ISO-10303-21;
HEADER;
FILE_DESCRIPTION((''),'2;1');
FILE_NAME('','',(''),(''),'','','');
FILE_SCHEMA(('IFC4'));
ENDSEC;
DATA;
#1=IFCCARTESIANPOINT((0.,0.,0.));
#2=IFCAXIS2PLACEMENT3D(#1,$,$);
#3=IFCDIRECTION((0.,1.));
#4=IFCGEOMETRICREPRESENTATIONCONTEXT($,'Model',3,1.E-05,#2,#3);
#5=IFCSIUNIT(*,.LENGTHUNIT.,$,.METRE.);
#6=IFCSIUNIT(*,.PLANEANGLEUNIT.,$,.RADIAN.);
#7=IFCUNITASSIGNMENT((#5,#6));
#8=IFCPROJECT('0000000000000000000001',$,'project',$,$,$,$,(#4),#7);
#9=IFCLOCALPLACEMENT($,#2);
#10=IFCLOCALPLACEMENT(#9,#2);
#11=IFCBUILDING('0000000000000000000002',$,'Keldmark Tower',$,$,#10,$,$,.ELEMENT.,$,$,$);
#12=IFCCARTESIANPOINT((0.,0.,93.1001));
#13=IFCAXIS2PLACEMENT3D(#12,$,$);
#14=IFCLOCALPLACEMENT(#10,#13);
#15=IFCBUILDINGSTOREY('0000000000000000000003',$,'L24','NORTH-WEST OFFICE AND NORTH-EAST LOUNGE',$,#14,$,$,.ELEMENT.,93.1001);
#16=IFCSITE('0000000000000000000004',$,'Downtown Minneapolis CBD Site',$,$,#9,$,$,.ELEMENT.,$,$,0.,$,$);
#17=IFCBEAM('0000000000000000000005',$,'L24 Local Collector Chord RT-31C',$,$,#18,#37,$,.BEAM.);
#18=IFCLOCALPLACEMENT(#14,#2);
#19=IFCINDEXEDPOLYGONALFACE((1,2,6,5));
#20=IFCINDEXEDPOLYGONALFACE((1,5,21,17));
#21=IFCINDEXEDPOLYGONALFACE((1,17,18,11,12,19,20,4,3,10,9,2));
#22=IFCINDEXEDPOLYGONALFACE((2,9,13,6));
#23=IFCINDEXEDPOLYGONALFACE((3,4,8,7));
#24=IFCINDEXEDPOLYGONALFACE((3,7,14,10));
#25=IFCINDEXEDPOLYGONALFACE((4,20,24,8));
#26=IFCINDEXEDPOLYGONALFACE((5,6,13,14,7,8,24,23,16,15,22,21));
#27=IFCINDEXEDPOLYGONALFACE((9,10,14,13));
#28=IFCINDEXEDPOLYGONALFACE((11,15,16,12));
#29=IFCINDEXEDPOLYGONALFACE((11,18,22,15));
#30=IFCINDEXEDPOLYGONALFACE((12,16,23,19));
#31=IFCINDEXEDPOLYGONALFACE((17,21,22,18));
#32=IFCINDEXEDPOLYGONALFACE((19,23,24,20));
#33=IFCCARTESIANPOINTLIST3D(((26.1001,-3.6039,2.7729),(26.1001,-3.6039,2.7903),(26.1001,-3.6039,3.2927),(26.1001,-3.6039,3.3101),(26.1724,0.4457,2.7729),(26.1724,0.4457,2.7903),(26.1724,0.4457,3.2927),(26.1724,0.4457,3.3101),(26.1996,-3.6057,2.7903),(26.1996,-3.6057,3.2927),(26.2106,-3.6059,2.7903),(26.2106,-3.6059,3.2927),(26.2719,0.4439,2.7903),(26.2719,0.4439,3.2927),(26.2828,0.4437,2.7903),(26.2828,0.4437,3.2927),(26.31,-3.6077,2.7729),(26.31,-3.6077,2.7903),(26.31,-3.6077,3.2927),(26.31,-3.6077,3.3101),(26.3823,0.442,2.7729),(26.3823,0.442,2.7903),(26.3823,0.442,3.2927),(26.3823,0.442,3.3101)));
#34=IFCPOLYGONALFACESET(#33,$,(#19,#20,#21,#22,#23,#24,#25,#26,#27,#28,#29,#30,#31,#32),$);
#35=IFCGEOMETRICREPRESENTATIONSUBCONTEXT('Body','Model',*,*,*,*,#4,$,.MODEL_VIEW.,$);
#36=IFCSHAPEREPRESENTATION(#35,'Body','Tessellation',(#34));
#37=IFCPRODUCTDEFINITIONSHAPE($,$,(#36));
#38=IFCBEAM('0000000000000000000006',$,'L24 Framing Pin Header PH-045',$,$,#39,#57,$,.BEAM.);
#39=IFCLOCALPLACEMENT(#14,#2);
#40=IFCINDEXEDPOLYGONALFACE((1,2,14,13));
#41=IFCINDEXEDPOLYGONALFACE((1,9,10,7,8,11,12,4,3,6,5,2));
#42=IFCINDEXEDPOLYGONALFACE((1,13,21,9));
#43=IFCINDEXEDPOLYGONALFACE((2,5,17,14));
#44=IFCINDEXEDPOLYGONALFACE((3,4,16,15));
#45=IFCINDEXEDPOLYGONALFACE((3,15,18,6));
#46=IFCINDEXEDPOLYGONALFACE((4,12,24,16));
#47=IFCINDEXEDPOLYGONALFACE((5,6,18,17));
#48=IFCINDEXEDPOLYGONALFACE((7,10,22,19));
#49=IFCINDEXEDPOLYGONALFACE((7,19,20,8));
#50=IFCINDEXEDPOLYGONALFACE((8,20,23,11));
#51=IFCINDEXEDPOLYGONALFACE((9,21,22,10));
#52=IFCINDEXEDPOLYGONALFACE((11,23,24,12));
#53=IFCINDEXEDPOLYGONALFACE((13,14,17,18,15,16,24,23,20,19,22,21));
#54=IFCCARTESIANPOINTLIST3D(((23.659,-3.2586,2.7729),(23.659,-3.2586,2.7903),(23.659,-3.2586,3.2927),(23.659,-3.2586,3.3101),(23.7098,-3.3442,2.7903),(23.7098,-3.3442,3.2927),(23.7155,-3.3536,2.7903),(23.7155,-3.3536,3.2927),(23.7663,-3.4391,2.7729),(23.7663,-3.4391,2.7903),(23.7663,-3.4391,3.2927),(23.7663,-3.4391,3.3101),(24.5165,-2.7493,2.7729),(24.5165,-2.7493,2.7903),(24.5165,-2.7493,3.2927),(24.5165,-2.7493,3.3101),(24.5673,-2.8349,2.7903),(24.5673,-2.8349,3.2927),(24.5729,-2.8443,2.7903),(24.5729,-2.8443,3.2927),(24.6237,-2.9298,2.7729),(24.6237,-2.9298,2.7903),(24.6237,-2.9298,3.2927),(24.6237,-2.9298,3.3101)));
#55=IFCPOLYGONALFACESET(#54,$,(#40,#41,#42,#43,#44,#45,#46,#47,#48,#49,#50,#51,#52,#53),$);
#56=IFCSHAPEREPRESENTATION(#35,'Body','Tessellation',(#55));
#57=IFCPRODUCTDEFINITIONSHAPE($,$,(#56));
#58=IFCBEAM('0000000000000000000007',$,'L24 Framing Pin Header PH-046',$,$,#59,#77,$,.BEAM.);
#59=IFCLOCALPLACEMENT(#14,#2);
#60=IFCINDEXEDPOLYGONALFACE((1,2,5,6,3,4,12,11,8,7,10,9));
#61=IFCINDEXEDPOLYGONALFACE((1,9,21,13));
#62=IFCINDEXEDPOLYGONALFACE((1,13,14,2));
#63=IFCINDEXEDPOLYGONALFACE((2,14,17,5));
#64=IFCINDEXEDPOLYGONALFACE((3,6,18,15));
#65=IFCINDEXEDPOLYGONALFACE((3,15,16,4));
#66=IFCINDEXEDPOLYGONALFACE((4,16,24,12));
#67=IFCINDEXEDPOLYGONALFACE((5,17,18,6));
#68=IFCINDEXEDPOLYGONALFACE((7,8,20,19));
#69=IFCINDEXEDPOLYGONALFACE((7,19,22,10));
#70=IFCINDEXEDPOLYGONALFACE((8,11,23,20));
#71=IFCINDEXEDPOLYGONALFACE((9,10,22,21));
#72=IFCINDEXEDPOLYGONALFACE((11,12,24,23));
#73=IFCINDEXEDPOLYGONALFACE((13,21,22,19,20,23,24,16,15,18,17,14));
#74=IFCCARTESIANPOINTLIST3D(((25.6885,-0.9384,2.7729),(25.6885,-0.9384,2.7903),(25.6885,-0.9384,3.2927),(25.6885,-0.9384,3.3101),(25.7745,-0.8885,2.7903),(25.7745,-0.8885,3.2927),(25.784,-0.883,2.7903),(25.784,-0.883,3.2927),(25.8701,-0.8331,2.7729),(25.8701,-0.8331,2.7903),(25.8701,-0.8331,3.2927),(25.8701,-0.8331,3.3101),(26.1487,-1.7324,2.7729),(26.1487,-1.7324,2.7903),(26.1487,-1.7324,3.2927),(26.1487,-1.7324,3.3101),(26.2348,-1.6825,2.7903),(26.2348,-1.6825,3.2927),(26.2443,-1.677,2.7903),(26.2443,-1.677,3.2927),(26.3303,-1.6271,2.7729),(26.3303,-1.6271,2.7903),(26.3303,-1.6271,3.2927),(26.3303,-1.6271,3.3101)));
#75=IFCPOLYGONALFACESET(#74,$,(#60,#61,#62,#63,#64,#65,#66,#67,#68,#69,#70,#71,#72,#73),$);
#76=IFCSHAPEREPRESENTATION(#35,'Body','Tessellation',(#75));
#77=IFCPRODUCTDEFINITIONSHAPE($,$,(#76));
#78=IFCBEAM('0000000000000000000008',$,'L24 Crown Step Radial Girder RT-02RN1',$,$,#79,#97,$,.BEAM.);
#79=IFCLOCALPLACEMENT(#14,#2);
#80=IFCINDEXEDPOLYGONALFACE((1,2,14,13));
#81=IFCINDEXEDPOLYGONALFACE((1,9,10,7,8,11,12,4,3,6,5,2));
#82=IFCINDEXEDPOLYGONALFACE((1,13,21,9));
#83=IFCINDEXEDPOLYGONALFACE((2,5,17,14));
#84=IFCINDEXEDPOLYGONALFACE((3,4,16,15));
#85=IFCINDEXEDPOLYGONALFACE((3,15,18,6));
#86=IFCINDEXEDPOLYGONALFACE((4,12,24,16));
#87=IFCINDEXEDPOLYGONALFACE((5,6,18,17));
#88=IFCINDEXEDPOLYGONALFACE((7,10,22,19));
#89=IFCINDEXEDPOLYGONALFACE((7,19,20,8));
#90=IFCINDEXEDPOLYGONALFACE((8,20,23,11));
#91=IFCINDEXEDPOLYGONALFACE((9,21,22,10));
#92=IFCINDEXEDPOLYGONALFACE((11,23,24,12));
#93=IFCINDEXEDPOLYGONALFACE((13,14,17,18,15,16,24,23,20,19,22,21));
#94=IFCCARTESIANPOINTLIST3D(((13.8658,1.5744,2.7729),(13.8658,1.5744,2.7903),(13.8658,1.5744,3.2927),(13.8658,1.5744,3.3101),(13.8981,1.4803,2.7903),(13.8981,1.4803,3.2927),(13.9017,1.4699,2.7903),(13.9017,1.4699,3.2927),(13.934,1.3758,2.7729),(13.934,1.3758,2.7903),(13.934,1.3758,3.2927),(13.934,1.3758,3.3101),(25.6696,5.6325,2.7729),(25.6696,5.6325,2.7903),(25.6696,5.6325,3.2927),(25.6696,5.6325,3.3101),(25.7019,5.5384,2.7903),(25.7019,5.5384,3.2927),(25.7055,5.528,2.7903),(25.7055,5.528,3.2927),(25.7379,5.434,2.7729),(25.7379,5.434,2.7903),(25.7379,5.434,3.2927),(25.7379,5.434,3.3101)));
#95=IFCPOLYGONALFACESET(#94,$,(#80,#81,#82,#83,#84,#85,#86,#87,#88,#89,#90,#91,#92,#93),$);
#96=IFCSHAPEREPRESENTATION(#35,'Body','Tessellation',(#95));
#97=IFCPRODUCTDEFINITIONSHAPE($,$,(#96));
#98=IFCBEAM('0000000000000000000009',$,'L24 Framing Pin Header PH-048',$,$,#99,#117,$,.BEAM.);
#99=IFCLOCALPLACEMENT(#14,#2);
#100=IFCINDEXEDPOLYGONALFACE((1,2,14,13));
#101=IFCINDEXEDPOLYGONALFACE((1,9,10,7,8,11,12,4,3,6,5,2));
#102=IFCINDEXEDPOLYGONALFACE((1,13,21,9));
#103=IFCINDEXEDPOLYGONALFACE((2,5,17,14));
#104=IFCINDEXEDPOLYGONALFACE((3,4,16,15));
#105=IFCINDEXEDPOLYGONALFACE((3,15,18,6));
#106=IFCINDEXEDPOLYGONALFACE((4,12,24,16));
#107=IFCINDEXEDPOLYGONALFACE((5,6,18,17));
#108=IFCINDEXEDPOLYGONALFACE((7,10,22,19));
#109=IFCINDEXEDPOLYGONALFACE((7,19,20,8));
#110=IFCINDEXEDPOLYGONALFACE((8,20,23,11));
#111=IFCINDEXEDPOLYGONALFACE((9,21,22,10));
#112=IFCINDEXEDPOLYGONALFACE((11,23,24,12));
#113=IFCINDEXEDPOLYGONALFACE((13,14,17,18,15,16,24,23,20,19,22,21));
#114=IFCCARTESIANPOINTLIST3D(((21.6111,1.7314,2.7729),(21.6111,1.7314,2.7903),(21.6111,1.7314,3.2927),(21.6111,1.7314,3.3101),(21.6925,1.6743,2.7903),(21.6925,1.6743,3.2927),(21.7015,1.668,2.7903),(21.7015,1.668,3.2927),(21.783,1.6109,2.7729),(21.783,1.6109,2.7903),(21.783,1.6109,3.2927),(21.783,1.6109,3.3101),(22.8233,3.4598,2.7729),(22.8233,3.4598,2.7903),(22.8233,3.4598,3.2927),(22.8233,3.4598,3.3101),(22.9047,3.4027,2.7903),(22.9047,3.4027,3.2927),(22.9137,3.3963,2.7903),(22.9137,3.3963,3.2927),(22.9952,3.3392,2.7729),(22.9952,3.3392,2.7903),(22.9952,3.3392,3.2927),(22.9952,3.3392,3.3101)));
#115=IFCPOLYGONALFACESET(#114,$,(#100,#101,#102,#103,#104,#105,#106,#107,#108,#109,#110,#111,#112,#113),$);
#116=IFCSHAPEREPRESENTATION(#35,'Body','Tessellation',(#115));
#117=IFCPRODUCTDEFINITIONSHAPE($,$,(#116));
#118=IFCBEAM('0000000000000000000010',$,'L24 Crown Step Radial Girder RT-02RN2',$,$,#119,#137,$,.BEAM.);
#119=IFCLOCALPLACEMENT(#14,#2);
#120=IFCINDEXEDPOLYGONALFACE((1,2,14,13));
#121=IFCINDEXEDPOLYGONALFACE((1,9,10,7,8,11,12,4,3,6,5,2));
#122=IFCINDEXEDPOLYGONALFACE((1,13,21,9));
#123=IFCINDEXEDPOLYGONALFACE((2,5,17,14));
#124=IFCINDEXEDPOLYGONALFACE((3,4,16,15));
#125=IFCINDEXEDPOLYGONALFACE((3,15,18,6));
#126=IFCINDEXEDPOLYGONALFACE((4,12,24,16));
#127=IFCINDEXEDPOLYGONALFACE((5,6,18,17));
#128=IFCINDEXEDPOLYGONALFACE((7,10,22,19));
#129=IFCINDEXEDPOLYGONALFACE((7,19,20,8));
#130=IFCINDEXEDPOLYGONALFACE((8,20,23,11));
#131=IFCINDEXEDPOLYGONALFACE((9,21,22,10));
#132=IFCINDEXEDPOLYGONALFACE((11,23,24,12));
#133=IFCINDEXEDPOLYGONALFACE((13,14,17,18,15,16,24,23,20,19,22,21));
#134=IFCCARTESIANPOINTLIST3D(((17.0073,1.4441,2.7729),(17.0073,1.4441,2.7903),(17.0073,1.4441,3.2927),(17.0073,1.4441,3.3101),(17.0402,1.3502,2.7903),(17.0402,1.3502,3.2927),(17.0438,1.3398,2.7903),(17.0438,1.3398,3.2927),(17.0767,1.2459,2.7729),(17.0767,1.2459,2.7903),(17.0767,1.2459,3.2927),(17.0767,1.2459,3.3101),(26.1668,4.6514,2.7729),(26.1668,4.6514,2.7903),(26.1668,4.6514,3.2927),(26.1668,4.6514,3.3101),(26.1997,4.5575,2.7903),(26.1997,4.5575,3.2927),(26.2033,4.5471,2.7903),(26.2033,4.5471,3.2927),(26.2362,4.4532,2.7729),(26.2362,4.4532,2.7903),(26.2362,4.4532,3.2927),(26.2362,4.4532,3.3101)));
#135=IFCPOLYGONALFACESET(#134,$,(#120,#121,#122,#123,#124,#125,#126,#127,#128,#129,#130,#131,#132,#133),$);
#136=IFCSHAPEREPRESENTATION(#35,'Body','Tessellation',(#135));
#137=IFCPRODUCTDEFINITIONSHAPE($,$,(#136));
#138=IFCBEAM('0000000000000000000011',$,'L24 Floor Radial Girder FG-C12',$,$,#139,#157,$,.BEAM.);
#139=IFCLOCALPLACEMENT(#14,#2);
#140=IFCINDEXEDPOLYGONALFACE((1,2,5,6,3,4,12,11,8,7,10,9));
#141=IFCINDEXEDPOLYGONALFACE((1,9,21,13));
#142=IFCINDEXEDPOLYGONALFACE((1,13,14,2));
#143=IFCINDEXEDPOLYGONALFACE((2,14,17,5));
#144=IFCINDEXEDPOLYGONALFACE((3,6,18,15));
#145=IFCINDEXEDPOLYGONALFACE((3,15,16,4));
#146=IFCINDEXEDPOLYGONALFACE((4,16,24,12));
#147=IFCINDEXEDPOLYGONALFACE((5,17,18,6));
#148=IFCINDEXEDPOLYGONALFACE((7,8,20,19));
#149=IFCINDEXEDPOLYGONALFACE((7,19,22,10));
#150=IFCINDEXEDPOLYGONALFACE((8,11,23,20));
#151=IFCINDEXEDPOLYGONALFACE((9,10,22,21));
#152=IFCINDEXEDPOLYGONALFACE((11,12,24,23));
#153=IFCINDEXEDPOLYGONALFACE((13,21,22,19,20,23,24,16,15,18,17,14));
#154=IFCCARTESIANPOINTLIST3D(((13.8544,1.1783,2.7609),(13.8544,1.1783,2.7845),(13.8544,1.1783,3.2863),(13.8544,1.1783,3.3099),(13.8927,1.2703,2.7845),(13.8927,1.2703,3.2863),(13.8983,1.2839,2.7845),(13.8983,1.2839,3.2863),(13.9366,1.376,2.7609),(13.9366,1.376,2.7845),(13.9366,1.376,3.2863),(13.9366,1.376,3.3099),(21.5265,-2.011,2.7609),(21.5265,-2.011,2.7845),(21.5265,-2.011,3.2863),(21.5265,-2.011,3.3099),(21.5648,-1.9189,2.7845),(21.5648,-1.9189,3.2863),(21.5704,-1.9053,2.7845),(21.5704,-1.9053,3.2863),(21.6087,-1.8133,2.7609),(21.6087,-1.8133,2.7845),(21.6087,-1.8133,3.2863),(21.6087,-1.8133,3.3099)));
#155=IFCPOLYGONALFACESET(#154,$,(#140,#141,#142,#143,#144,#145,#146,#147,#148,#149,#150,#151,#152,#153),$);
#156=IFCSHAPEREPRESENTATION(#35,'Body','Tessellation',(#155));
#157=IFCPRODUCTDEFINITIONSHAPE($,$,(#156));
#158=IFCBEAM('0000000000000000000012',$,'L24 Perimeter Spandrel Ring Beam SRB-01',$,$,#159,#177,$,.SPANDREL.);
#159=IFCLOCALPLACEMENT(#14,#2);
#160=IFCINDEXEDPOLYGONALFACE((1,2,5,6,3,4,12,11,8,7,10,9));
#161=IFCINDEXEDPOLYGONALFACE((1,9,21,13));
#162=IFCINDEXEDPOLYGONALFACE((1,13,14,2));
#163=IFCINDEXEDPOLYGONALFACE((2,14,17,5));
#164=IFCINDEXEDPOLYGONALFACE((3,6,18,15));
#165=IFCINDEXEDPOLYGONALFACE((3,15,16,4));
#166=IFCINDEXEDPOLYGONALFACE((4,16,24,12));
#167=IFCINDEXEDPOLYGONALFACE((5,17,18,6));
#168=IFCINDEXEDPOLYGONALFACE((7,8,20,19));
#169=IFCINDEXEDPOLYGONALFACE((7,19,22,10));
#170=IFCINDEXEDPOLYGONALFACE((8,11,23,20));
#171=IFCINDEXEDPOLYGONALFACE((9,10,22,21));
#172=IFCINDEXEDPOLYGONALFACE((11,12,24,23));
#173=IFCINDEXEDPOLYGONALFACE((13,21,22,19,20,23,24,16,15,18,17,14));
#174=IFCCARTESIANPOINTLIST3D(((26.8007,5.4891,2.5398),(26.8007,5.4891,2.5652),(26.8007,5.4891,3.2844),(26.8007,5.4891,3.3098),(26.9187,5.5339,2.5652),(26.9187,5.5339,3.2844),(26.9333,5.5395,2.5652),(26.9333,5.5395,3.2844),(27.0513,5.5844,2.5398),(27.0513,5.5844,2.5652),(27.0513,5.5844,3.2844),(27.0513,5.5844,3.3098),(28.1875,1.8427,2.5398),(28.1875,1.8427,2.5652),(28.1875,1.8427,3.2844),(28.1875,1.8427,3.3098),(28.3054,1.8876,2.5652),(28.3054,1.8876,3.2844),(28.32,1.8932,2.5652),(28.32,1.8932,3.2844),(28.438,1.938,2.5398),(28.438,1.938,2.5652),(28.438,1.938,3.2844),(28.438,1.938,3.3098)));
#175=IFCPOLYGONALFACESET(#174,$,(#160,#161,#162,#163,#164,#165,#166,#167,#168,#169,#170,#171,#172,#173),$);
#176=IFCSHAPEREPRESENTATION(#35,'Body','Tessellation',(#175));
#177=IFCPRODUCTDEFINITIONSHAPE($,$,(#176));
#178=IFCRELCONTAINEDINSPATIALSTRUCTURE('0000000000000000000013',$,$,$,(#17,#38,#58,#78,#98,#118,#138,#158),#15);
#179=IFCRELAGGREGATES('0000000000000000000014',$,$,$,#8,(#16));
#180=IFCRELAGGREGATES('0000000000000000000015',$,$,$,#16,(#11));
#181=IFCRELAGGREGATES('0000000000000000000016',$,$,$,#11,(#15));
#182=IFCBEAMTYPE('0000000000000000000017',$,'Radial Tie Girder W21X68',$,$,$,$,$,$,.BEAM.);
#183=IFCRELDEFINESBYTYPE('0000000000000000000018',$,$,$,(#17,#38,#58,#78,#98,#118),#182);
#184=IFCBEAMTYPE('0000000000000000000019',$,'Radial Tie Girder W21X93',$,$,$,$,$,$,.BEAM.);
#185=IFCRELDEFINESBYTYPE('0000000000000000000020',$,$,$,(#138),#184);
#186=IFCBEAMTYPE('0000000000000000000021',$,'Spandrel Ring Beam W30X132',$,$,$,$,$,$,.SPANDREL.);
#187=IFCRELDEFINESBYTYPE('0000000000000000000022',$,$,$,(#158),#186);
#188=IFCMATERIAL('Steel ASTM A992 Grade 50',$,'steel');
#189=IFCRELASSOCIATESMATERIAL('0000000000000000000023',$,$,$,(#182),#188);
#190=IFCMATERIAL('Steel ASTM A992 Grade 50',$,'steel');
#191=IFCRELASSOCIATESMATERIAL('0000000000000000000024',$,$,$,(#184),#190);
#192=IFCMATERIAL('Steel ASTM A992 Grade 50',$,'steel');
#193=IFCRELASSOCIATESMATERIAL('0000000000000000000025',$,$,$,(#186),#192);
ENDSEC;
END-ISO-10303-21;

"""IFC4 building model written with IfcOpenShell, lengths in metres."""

from ifc_helpers import new_model, si_unit, direction, frame, origin, origin_2d, place, context, subcontext, project, spatial, i_section, extrude, material, material_profile, profile_set, type_object, element, save


model = new_model("IFC4")

# Units and contexts
model_context = context("Model", 3, precision=1e-05, world=origin(), true_north=direction((0.0, 1.0)))
body_context = subcontext(model_context, "Body", "Model", "MODEL_VIEW")
ifc_project = project(units=[si_unit("LENGTHUNIT", "METRE"), si_unit("PLANEANGLEUNIT", "RADIAN")], contexts=[model_context])

# Site, building, storey
site_placement = place(None, origin())
site = spatial("IfcSite", under=ifc_project, at=site_placement, Name="Downtown Minneapolis CBD Site", CompositionType="ELEMENT", RefElevation=0.0)
building_placement = place(site_placement, origin())
building = spatial("IfcBuilding", under=site, at=building_placement, Name="Keldmark Tower", CompositionType="ELEMENT")
storey_placement = place(building_placement, frame((0.0, 0.0, 93.1001)))
storey = spatial("IfcBuildingStorey", under=building, at=storey_placement, Name="L24", Description="NORTH-WEST OFFICE AND NORTH-EAST LOUNGE", CompositionType="ELEMENT", Elevation=93.1001)

# Beams
ifc_material_1 = material(Name="Steel ASTM A992 Grade 50", Category="steel")
ifc_material_profile_1 = material_profile(ifc_material_1, i_section(OverallWidth=0.21, OverallDepth=0.5371, WebThickness=0.011, FlangeThickness=0.0173, at=origin_2d()), Name="W21X68")
ifc_profile_set_1 = profile_set([ifc_material_profile_1], Name="Steel ASTM A992 Grade 50")
beam_type_1 = type_object("IfcBeamType", Name="Radial Tie Girder W21X68", PredefinedType="BEAM", material=ifc_profile_set_1)
beam_1_placement = place(storey_placement, frame((26.2773, 0.4438, 3.0415), z_axis=(-0.017842, -0.999841, 0.0), x_axis=(0.999841, -0.017842, 0.0)))
element("IfcBeam", 1, at=beam_1_placement, inside=storey, type_object=beam_type_1, Name="L24 Local Collector Chord RT-31C", PredefinedType="BEAM", context=body_context, shape_type="SweptSolid", body=[
    extrude(i_section(OverallWidth=0.21, OverallDepth=0.5371, WebThickness=0.011, FlangeThickness=0.0173, at=origin_2d()), origin(), (0.0, 0.0, 1.0), 4.0503),
])
beam_2_placement = place(storey_placement, frame((23.7126, -3.3489, 3.0415), z_axis=(0.859774, 0.510674, 0.0), x_axis=(-0.510674, 0.859774, 0.0)))
element("IfcBeam", 2, at=beam_2_placement, inside=storey, type_object=beam_type_1, Name="L24 Framing Pin Header PH-045", PredefinedType="BEAM", context=body_context, shape_type="SweptSolid", body=[
    extrude(i_section(OverallWidth=0.21, OverallDepth=0.5371, WebThickness=0.011, FlangeThickness=0.0173, at=origin_2d()), origin(), (0.0, 0.0, 1.0), 0.9973),
])
beam_3_placement = place(storey_placement, frame((25.7793, -0.8857, 3.0415), z_axis=(0.501487, -0.865165, 0.0), x_axis=(0.865165, 0.501487, 0.0)))
element("IfcBeam", 3, at=beam_3_placement, inside=storey, type_object=beam_type_1, Name="L24 Framing Pin Header PH-046", PredefinedType="BEAM", context=body_context, shape_type="SweptSolid", body=[
    extrude(i_section(OverallWidth=0.21, OverallDepth=0.5371, WebThickness=0.011, FlangeThickness=0.0173, at=origin_2d()), origin(), (0.0, 0.0, 1.0), 0.9177),
])
beam_4_placement = place(storey_placement, frame((13.8999, 1.4751, 3.0415), z_axis=(0.945672, 0.325121, 0.0), x_axis=(-0.325121, 0.945672, 0.0)))
element("IfcBeam", 4, at=beam_4_placement, inside=storey, type_object=beam_type_1, Name="L24 Crown Step Radial Girder RT-02RN1", PredefinedType="BEAM", context=body_context, shape_type="SweptSolid", body=[
    extrude(i_section(OverallWidth=0.21, OverallDepth=0.5371, WebThickness=0.011, FlangeThickness=0.0173, at=origin_2d()), origin(), (0.0, 0.0, 1.0), 12.4819),
])
beam_5_placement = place(storey_placement, frame((21.697, 1.6711, 3.0415), z_axis=(0.574215, 0.818705, 0.0), x_axis=(-0.818705, 0.574215, 0.0)))
element("IfcBeam", 5, at=beam_5_placement, inside=storey, type_object=beam_type_1, Name="L24 Framing Pin Header PH-048", PredefinedType="BEAM", context=body_context, shape_type="SweptSolid", body=[
    extrude(i_section(OverallWidth=0.21, OverallDepth=0.5371, WebThickness=0.011, FlangeThickness=0.0173, at=origin_2d()), origin(), (0.0, 0.0, 1.0), 2.1111),
])
beam_6_placement = place(storey_placement, frame((17.042, 1.345, 3.0415), z_axis=(0.943811, 0.330486, 0.0), x_axis=(-0.330486, 0.943811, 0.0)))
element("IfcBeam", 6, at=beam_6_placement, inside=storey, type_object=beam_type_1, Name="L24 Crown Step Radial Girder RT-02RN2", PredefinedType="BEAM", context=body_context, shape_type="SweptSolid", body=[
    extrude(i_section(OverallWidth=0.21, OverallDepth=0.5371, WebThickness=0.011, FlangeThickness=0.0173, at=origin_2d()), origin(), (0.0, 0.0, 1.0), 9.7048),
])
ifc_material_2 = material(Name="Steel ASTM A992 Grade 50", Category="steel")
ifc_material_profile_2 = material_profile(ifc_material_2, i_section(OverallWidth=0.2141, OverallDepth=0.5491, WebThickness=0.0146, FlangeThickness=0.0237, at=origin_2d()), Name="W21X93")
ifc_profile_set_2 = profile_set([ifc_material_profile_2], Name="Steel ASTM A992 Grade 50")
beam_type_2 = type_object("IfcBeamType", Name="Radial Tie Girder W21X93", PredefinedType="BEAM", material=ifc_profile_set_2)
beam_7_placement = place(storey_placement, frame((21.5676, -1.9121, 3.0354), z_axis=(-0.923397, 0.383845, 0.0), x_axis=(-0.383845, -0.923397, 0.0)))
element("IfcBeam", 7, at=beam_7_placement, inside=storey, type_object=beam_type_2, Name="L24 Floor Radial Girder FG-C12", PredefinedType="BEAM", context=body_context, shape_type="SweptSolid", body=[
    extrude(i_section(OverallWidth=0.2141, OverallDepth=0.5491, WebThickness=0.0146, FlangeThickness=0.0237, at=origin_2d()), origin(), (0.0, 0.0, 1.0), 8.3086),
])
ifc_material_3 = material(Name="Steel ASTM A992 Grade 50", Category="steel")
ifc_material_profile_3 = material_profile(ifc_material_3, i_section(OverallWidth=0.2681, OverallDepth=0.77, WebThickness=0.0156, FlangeThickness=0.0254, at=origin_2d()), Name="W30X132")
ifc_profile_set_3 = profile_set([ifc_material_profile_3], Name="Steel ASTM A992 Grade 50")
beam_type_3 = type_object("IfcBeamType", Name="Spandrel Ring Beam W30X132", PredefinedType="SPANDREL", material=ifc_profile_set_3)
beam_8_placement = place(storey_placement, frame((28.3127, 1.8904, 2.9248), z_axis=(-0.355475, 0.934686, 0.0), x_axis=(-0.934686, -0.355475, 0.0)))
element("IfcBeam", 8, at=beam_8_placement, inside=storey, type_object=beam_type_3, Name="L24 Perimeter Spandrel Ring Beam SRB-01", PredefinedType="SPANDREL", context=body_context, shape_type="SweptSolid", body=[
    extrude(i_section(OverallWidth=0.2681, OverallDepth=0.77, WebThickness=0.0156, FlangeThickness=0.0254, at=origin_2d()), origin(), (0.0, 0.0, 1.0), 3.9011),
])

save(model, "model.ifc")
